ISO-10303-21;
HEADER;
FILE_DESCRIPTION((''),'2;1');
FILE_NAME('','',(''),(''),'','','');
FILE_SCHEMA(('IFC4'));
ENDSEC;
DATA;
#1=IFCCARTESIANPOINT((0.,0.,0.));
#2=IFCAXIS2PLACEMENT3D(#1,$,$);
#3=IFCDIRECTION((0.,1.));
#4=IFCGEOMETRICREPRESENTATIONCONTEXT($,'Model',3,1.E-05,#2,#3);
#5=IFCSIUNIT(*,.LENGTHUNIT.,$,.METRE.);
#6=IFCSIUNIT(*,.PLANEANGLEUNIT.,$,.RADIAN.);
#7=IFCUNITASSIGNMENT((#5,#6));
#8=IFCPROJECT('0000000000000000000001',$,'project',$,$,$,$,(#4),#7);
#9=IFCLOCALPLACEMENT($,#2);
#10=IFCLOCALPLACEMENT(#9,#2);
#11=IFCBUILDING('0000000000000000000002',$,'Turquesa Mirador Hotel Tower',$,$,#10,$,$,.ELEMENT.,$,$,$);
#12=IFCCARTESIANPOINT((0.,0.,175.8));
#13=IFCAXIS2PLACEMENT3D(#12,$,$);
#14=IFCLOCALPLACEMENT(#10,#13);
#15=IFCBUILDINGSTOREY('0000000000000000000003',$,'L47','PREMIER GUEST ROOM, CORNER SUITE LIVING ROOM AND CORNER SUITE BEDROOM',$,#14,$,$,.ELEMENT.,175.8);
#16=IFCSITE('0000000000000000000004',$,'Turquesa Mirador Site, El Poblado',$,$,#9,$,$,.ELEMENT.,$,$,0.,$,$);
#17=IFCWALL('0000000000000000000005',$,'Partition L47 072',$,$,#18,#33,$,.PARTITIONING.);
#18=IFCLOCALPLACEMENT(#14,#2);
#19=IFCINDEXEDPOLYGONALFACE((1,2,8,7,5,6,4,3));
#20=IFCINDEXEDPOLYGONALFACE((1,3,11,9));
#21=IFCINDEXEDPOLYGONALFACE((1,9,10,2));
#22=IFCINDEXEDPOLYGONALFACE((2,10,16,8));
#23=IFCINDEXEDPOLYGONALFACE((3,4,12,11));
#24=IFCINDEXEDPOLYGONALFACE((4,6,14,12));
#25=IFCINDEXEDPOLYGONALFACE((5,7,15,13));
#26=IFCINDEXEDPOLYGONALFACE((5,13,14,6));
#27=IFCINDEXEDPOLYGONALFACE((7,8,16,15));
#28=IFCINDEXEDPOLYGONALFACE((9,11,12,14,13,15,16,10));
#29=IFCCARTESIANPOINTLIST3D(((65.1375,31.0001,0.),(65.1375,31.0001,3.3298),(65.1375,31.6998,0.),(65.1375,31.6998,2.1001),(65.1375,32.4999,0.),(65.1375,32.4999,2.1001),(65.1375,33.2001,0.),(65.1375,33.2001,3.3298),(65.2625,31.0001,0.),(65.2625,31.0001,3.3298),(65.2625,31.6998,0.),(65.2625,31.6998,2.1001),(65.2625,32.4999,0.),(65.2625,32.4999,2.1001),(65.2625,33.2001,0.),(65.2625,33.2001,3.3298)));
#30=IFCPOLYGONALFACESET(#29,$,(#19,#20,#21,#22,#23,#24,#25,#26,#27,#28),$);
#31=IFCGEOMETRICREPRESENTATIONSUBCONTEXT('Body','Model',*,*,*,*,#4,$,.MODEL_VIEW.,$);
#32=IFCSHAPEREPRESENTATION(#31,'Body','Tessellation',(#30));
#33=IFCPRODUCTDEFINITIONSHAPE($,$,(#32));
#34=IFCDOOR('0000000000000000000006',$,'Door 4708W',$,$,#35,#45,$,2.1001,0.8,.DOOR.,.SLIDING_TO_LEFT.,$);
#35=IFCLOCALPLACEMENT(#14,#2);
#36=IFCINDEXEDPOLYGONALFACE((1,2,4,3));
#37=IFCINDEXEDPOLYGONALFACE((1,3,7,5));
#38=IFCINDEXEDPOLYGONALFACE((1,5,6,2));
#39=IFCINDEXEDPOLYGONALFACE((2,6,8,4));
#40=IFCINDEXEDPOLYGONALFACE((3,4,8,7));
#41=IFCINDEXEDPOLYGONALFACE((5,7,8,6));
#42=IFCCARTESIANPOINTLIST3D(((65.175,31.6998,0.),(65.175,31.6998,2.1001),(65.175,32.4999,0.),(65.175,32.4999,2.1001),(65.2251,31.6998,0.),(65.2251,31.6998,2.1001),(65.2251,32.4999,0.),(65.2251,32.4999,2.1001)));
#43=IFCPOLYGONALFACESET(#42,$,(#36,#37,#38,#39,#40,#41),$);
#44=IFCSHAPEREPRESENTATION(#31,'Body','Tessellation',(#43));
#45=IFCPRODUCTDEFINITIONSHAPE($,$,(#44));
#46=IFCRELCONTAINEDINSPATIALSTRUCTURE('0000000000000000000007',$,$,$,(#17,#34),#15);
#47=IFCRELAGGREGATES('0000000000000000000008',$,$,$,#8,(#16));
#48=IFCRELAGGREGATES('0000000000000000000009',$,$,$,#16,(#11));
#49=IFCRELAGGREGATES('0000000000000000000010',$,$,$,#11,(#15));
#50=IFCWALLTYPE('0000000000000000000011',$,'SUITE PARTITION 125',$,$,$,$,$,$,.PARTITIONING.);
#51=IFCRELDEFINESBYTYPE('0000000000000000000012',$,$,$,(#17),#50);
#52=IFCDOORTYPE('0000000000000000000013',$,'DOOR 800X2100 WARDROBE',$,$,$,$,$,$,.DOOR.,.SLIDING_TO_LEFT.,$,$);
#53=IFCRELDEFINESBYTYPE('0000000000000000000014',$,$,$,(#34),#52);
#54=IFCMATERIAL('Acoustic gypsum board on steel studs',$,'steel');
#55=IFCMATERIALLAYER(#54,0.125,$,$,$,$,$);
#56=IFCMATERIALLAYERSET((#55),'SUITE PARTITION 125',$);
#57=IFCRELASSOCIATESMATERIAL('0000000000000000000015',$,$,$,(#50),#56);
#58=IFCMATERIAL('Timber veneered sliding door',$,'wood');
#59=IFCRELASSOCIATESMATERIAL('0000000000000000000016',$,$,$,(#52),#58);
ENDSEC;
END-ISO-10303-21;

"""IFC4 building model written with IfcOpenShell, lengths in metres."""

from ifc_helpers import new_model, si_unit, direction, frame, frame_2d, origin, place, context, subcontext, project, spatial, rectangle, extrude, material, layer, layer_set, type_object, element, fill, save


model = new_model("IFC4")

# Units and contexts
model_context = context("Model", 3, precision=1e-05, world=origin(), true_north=direction((0.0, 1.0)))
body_context = subcontext(model_context, "Body", "Model", "MODEL_VIEW")
ifc_project = project(units=[si_unit("LENGTHUNIT", "METRE"), si_unit("PLANEANGLEUNIT", "RADIAN")], contexts=[model_context])

# Site, building, storey
site_placement = place(None, origin())
site = spatial("IfcSite", under=ifc_project, at=site_placement, Name="Turquesa Mirador Site, El Poblado", CompositionType="ELEMENT", RefElevation=0.0)
building_placement = place(site_placement, origin())
building = spatial("IfcBuilding", under=site, at=building_placement, Name="Turquesa Mirador Hotel Tower", CompositionType="ELEMENT")
storey_placement = place(building_placement, frame((0.0, 0.0, 175.8)))
storey = spatial("IfcBuildingStorey", under=building, at=storey_placement, Name="L47", Description="PREMIER GUEST ROOM, CORNER SUITE LIVING ROOM AND CORNER SUITE BEDROOM", CompositionType="ELEMENT", Elevation=175.8)

# Shared definitions
ifc_material_1 = material(Name="Acoustic gypsum board on steel studs", Category="steel")
ifc_layer_1 = layer(ifc_material_1, 0.125)
ifc_layer_set_1 = layer_set([ifc_layer_1], Name="SUITE PARTITION 125")
wall_type_1 = type_object("IfcWallType", Name="SUITE PARTITION 125", PredefinedType="PARTITIONING", material=ifc_layer_set_1)

# Wall, opening, door
wall_1_placement = place(storey_placement, frame((65.2, 31.0, 0.0), z_axis=(0.0, 0.0, 1.0), x_axis=(0.0, 1.0, 0.0)))
wall_1 = element("IfcWall", 1, at=wall_1_placement, inside=storey, type_object=wall_type_1, Name="Partition L47 072", PredefinedType="PARTITIONING", context=body_context, shape_type="SweptSolid", body=[
    extrude(rectangle(XDim=2.2, YDim=0.125, at=frame_2d((1.1001, 0.0))), origin(), (0.0, 0.0, 1.0), 3.3298),
])
opening_1_placement = place(wall_1_placement, frame((0.7, 0.0, 0.0)))
opening_1 = element("IfcOpeningElement", 2, at=opening_1_placement, cuts=wall_1, PredefinedType="OPENING", context=body_context, shape_type="SweptSolid", body=[
    extrude(rectangle(XDim=0.8, YDim=2.1001, at=frame_2d((0.3999, 1.05))), frame((0.0, 0.0725, 0.0), z_axis=(0.0, -1.0, 0.0), x_axis=(1.0, 0.0, 0.0)), (0.0, 0.0, 1.0), 0.145),
])
ifc_material_2 = material(Name="Timber veneered sliding door", Category="wood")
door_type_1 = type_object("IfcDoorType", Name="DOOR 800X2100 WARDROBE", OperationType="SLIDING_TO_LEFT", PredefinedType="DOOR", material=ifc_material_2)
door_1_placement = place(opening_1_placement, origin())
door_1 = element("IfcDoor", 3, at=door_1_placement, inside=storey, type_object=door_type_1, Name="Door 4708W", OperationType="SLIDING_TO_LEFT", OverallHeight=2.1001, OverallWidth=0.8, PredefinedType="DOOR", context=body_context, shape_type="SweptSolid", body=[
    extrude(rectangle(XDim=0.8, YDim=2.1001, at=frame_2d((0.3999, 1.05))), frame((0.0, 0.0249, 0.0), z_axis=(0.0, -1.0, 0.0), x_axis=(1.0, 0.0, 0.0)), (0.0, 0.0, 1.0), 0.05),
])
fill(opening_1, door_1)

save(model, "model.ifc")
